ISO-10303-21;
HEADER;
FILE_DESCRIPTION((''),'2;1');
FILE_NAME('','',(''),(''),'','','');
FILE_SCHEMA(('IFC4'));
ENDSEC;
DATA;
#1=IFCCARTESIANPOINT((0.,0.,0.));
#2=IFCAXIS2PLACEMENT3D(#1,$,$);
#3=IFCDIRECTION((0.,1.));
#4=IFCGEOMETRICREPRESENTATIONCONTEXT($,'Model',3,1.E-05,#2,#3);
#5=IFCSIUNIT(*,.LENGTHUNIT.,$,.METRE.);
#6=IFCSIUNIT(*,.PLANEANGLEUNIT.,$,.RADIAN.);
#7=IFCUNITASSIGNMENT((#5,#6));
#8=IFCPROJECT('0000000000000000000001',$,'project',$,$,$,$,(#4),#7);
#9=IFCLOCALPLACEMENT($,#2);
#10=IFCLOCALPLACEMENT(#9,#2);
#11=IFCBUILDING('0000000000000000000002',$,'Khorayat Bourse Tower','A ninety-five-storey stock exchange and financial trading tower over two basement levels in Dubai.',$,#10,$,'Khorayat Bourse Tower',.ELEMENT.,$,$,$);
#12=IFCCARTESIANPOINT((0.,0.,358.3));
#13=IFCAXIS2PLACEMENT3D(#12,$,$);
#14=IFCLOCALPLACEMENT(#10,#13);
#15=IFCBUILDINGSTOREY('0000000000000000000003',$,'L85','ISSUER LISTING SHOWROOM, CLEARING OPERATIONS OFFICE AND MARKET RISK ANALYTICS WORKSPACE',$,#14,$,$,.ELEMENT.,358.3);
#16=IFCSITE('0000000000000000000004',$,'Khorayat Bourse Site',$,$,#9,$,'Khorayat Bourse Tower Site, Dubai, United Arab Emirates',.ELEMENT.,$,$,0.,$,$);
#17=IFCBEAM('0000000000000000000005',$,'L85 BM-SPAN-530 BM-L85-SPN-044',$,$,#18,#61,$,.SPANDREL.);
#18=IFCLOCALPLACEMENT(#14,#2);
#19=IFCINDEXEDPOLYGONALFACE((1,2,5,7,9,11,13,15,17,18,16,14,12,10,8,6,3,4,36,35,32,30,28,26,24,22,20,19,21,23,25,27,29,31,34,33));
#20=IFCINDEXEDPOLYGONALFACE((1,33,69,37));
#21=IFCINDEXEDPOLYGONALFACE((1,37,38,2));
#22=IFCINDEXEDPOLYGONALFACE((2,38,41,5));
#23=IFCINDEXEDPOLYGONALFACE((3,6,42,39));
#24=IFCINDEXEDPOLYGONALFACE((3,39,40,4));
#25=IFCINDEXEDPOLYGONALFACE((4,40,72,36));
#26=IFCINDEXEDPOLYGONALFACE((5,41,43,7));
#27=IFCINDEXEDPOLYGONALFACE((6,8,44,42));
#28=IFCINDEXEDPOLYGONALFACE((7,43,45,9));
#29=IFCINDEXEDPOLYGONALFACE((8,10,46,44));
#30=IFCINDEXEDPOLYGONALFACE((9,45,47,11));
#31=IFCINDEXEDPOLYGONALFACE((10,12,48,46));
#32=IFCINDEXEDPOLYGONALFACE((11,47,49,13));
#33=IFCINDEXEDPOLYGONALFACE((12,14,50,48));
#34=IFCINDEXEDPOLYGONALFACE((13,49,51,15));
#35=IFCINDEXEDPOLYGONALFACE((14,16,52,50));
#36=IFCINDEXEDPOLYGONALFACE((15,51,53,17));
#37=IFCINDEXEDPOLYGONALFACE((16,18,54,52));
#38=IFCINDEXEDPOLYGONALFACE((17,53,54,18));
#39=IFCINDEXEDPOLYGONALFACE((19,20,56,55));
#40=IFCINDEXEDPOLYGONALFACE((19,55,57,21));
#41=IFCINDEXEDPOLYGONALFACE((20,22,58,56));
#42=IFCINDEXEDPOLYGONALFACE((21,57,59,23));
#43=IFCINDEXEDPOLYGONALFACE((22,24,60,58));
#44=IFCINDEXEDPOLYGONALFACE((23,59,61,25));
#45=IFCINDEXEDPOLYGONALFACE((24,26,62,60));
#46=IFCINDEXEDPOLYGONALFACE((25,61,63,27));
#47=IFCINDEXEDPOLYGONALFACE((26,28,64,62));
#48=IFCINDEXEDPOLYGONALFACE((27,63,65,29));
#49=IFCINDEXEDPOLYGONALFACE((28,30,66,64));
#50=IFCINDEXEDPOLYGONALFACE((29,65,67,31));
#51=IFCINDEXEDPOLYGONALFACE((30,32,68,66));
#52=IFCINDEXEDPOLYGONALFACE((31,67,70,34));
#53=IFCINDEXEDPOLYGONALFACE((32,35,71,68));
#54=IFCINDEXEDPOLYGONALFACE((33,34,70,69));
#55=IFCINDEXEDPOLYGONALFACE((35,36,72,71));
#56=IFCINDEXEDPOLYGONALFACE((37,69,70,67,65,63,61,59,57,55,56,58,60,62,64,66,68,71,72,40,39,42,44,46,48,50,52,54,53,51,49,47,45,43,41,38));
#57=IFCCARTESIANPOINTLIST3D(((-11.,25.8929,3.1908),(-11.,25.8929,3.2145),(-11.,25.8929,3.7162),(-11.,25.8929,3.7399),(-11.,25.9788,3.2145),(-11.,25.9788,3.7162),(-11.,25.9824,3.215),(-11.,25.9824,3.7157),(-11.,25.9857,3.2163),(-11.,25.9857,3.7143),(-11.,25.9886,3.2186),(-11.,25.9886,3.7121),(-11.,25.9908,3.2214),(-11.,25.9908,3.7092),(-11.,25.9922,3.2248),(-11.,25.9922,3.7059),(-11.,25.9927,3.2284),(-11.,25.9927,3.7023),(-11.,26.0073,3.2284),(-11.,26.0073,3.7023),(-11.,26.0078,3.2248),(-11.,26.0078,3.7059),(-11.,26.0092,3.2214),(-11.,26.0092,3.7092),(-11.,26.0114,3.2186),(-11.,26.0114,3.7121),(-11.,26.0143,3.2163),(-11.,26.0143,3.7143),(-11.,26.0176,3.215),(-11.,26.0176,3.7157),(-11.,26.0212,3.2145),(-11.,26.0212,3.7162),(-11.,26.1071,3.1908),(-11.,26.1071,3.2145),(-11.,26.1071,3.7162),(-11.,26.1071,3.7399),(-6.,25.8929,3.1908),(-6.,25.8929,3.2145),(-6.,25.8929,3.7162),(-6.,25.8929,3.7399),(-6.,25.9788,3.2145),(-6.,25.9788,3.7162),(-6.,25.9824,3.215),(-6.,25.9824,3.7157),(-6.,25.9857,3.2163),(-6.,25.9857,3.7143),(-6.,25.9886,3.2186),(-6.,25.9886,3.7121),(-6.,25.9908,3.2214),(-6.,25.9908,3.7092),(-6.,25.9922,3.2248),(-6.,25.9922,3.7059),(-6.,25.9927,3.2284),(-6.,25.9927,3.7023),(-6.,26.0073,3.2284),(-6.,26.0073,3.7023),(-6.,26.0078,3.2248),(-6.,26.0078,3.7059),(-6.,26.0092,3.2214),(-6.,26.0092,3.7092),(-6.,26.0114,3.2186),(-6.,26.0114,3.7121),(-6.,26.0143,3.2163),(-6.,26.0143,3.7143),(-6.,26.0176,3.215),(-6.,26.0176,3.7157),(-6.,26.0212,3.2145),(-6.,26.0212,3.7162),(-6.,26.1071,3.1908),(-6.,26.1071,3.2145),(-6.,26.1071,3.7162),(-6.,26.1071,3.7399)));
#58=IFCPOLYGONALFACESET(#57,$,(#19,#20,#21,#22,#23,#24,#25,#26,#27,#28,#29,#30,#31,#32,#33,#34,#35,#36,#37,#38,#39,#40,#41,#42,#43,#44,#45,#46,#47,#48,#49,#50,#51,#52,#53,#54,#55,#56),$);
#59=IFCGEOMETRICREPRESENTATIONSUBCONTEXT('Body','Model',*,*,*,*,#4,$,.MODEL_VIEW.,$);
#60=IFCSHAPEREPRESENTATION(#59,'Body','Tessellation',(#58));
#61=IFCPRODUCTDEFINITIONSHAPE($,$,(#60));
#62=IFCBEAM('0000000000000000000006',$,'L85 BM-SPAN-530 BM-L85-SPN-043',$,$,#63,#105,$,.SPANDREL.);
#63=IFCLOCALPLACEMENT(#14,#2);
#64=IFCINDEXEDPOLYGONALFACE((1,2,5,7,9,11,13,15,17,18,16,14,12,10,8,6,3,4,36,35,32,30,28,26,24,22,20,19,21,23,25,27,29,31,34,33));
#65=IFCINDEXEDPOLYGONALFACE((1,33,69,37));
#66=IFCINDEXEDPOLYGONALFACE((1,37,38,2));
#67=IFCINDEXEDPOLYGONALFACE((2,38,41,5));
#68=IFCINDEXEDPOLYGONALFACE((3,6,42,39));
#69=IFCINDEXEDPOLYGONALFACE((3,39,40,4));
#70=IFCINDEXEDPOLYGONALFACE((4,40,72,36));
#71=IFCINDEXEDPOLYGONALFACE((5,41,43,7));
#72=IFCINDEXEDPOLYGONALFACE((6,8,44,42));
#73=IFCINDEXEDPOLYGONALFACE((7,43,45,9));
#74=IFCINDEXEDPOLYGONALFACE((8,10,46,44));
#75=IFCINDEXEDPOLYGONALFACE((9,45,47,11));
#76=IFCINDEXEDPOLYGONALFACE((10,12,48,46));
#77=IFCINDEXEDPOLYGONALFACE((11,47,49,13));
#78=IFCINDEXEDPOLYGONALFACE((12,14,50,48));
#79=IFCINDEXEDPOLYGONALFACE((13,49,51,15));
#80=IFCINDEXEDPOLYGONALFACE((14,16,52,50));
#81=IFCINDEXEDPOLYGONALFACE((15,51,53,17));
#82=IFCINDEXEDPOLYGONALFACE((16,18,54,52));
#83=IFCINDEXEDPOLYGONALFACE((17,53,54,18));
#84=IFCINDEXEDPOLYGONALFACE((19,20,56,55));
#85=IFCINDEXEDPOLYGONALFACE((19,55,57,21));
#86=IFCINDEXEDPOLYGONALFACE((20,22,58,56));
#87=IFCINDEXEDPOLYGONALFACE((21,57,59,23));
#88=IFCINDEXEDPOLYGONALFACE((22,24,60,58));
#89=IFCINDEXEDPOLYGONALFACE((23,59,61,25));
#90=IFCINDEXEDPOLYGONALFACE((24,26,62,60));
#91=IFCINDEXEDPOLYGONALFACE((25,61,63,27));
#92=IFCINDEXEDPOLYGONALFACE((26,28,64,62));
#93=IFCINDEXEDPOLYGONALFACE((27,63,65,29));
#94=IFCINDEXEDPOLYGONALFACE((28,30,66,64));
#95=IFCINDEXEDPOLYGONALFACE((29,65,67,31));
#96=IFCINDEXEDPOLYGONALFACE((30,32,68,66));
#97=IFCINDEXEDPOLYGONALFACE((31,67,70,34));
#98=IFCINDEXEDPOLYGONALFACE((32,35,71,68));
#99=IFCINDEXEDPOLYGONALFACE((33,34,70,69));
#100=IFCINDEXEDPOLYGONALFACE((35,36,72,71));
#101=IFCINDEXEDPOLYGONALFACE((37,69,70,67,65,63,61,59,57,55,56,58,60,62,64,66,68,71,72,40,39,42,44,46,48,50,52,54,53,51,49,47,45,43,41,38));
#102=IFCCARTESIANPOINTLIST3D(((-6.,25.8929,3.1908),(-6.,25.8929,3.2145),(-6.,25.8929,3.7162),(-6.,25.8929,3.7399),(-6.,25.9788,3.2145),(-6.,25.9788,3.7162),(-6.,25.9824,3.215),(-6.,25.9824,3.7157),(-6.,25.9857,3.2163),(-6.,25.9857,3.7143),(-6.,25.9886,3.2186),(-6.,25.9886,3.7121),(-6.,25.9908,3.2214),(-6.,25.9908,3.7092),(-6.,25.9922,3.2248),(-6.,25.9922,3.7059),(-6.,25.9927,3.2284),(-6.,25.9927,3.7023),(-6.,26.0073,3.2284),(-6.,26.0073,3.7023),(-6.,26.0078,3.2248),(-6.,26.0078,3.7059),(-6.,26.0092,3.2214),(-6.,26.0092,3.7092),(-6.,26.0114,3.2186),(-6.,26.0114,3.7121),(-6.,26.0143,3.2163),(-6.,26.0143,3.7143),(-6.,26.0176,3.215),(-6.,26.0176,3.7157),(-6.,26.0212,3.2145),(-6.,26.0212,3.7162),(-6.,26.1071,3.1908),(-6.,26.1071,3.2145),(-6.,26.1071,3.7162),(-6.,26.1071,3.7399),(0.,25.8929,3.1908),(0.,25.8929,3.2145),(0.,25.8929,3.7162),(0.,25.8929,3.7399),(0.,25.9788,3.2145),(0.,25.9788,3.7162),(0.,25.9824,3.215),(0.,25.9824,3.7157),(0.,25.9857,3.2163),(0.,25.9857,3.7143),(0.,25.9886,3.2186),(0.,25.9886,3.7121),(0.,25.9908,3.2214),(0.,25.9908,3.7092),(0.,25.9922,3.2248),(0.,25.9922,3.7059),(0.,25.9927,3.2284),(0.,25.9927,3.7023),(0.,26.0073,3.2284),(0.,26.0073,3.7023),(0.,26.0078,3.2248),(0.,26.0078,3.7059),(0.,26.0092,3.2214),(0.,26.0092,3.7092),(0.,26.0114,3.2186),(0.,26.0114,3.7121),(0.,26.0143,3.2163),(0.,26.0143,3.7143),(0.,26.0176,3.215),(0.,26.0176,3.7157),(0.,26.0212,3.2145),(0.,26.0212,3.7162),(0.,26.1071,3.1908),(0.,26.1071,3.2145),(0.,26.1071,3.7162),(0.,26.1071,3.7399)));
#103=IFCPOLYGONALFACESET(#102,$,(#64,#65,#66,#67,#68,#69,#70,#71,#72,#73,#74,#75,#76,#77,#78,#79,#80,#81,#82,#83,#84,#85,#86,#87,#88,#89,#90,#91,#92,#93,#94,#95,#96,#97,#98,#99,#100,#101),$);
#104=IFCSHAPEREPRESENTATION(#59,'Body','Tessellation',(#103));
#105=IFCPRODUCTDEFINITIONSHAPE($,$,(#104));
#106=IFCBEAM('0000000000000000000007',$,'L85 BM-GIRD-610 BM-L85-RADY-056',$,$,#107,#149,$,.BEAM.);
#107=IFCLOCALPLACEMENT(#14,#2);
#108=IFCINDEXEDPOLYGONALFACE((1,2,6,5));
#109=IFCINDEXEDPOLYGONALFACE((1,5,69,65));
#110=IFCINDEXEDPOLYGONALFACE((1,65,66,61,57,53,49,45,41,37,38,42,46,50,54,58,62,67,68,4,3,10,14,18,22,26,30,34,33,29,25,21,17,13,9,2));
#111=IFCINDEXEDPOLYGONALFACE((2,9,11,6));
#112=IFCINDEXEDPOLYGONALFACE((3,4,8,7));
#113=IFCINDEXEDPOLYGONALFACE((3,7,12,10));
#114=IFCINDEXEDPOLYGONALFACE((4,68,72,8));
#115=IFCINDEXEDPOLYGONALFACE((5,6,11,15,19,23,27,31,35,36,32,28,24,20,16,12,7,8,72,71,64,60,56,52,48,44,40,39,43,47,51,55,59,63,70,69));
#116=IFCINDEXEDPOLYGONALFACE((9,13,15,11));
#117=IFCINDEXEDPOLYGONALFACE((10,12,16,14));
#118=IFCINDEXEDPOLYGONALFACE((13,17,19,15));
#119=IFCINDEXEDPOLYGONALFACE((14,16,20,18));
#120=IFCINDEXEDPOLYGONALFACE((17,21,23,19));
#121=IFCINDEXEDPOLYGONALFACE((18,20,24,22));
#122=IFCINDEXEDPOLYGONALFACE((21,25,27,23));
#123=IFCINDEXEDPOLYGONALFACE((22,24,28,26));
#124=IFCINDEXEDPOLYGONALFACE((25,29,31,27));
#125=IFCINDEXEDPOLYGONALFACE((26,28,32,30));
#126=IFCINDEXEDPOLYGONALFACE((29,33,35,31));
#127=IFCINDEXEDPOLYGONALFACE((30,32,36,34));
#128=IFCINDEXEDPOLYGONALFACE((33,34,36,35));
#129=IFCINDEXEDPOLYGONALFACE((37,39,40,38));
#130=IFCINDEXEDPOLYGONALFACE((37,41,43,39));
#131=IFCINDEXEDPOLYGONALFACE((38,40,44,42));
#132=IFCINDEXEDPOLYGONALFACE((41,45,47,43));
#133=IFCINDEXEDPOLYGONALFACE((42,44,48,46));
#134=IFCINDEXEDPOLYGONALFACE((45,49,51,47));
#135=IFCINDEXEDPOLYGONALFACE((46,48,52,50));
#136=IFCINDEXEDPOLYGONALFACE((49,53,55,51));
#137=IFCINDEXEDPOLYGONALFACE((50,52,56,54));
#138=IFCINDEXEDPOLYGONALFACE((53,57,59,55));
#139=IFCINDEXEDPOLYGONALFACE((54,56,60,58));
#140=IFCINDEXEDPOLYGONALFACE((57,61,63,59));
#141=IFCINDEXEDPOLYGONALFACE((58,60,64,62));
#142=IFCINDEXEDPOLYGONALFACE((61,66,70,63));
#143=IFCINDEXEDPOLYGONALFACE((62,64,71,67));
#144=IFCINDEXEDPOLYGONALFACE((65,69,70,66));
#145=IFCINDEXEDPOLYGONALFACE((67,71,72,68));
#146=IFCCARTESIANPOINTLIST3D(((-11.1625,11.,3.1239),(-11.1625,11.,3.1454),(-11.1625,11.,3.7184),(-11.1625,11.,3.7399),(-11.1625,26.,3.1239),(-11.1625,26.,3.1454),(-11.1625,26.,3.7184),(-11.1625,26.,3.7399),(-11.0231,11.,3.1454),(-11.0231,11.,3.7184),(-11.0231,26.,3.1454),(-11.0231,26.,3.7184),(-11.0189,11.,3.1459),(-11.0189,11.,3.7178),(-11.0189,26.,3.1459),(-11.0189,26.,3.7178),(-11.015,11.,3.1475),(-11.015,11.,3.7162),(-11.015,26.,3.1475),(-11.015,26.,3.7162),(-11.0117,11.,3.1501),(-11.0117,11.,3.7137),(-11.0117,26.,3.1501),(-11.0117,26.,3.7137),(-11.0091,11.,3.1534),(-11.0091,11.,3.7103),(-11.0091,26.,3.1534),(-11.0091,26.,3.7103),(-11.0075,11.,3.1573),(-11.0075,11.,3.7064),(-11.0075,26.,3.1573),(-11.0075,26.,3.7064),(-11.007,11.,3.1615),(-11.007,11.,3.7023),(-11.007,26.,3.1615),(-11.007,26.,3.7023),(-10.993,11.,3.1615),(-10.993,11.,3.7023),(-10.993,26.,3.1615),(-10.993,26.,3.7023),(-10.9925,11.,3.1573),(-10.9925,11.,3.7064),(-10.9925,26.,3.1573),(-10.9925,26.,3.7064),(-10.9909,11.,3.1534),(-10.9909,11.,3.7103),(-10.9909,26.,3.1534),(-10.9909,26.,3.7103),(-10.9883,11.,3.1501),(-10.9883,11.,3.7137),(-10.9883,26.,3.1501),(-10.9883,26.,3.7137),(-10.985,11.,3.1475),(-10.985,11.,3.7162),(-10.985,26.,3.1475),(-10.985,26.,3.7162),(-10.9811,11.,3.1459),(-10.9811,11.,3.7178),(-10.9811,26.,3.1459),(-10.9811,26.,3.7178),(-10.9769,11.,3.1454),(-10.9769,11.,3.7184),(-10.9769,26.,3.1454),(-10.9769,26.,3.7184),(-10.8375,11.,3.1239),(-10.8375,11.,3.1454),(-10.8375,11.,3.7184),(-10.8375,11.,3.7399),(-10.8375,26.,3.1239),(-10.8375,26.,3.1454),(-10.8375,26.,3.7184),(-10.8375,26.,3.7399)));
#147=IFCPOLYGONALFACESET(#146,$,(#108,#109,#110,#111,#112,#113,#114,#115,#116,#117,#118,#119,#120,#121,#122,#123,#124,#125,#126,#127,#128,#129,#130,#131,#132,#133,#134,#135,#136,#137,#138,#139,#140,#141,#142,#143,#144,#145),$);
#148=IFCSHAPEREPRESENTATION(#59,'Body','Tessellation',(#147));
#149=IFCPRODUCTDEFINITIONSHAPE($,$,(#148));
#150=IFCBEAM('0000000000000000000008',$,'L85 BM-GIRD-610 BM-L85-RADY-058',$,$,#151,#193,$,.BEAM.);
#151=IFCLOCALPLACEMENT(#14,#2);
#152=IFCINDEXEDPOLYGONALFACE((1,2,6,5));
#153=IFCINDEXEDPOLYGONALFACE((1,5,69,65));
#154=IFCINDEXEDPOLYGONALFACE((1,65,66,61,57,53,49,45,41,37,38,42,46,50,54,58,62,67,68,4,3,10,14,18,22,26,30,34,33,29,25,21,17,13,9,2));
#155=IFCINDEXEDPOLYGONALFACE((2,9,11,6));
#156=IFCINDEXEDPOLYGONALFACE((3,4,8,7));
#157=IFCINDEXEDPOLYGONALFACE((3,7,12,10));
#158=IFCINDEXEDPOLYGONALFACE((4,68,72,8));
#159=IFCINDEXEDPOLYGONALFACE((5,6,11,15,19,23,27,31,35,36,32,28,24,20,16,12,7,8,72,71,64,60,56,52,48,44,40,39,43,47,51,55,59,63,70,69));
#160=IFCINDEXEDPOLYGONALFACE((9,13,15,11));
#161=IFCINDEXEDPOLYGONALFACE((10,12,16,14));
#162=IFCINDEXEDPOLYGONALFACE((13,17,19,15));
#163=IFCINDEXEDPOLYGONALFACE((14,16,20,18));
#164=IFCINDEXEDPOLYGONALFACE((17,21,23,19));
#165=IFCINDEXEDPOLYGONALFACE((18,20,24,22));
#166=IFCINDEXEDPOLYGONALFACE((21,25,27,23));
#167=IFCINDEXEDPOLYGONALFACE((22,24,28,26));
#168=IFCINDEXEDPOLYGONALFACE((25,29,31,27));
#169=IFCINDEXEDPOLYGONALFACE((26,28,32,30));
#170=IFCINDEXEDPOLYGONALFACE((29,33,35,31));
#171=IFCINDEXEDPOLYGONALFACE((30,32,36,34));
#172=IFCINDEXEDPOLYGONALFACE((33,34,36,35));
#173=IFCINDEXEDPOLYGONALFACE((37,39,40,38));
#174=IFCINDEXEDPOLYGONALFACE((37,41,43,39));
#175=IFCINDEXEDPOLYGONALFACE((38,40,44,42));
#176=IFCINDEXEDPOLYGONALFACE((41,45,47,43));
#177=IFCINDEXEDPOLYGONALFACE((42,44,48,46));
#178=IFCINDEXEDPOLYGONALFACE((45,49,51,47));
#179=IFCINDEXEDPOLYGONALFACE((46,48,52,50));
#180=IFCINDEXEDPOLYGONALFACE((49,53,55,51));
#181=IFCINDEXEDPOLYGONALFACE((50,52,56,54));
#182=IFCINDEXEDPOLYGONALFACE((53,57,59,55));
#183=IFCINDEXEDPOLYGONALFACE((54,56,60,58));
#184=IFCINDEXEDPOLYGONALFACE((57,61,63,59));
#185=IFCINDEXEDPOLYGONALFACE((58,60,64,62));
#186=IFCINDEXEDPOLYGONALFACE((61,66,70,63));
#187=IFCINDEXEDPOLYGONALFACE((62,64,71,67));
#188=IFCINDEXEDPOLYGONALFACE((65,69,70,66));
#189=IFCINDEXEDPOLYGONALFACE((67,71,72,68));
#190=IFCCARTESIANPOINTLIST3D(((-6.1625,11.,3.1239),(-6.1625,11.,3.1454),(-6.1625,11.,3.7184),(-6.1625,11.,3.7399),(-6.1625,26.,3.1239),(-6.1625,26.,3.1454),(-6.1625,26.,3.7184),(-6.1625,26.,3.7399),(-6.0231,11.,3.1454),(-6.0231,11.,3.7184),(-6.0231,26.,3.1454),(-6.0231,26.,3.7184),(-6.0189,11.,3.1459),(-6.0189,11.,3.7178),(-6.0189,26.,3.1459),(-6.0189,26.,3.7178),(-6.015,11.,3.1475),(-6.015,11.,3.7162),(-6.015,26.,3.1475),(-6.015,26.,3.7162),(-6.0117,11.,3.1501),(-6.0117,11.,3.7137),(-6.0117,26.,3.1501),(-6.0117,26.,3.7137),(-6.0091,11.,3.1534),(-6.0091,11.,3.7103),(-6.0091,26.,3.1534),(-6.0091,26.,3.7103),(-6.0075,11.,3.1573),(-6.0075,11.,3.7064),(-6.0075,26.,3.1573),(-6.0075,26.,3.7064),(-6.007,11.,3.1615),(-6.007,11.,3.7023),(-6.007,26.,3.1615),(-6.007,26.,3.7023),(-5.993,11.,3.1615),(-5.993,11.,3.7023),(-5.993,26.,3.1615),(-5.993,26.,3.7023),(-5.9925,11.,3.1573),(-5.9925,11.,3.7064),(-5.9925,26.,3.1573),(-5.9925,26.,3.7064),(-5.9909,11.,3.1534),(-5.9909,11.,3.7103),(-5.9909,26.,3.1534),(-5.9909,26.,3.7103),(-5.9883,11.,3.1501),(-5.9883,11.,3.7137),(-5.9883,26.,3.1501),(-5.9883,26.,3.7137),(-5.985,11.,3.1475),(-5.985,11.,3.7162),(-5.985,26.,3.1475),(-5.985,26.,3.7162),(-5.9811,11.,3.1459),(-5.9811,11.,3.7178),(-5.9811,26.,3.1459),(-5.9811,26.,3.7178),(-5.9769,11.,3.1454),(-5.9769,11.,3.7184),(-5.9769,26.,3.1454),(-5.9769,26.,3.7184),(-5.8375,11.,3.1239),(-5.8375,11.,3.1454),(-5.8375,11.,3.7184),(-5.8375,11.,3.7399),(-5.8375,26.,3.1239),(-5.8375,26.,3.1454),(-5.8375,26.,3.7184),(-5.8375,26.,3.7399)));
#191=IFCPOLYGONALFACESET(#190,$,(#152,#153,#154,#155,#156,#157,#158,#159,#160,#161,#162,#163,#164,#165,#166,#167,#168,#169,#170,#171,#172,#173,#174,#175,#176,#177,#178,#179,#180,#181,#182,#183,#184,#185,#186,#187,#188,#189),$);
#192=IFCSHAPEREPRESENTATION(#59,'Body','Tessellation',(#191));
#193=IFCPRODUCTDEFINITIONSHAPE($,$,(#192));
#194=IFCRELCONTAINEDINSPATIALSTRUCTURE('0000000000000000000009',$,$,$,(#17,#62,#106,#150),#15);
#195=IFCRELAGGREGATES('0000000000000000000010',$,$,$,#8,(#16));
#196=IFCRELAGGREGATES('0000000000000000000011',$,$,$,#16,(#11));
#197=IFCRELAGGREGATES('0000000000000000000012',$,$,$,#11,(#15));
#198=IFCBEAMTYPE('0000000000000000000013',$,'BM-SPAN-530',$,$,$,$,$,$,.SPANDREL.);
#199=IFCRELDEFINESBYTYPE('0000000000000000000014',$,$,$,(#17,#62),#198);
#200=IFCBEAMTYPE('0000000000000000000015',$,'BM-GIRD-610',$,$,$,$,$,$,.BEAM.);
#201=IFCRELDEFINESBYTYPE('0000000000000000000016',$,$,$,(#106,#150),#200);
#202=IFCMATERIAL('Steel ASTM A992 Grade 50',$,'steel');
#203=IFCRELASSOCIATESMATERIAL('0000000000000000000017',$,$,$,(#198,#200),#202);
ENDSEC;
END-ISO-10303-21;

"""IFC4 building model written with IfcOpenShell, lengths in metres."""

from ifc_helpers import new_model, si_unit, direction, frame, origin, origin_2d, place, context, subcontext, project, spatial, i_section, extrude, source, transform, mapped, material, material_profile, profile_set, type_object, element, save


model = new_model("IFC4")

# Units and contexts
model_context = context("Model", 3, precision=1e-05, world=origin(), true_north=direction((0.0, 1.0)))
body_context = subcontext(model_context, "Body", "Model", "MODEL_VIEW")
ifc_project = project(units=[si_unit("LENGTHUNIT", "METRE"), si_unit("PLANEANGLEUNIT", "RADIAN")], contexts=[model_context])

# Site, building, storey
site_placement = place(None, origin())
site = spatial("IfcSite", under=ifc_project, at=site_placement, Name="Khorayat Bourse Site", LongName="Khorayat Bourse Tower Site, Dubai, United Arab Emirates", CompositionType="ELEMENT", RefElevation=0.0)
building_placement = place(site_placement, origin())
building = spatial("IfcBuilding", under=site, at=building_placement, Name="Khorayat Bourse Tower", Description="A ninety-five-storey stock exchange and financial trading tower over two basement levels in Dubai.", LongName="Khorayat Bourse Tower", CompositionType="ELEMENT")
storey_placement = place(building_placement, frame((0.0, 0.0, 358.3)))
storey = spatial("IfcBuildingStorey", under=building, at=storey_placement, Name="L85", Description="ISSUER LISTING SHOWROOM, CLEARING OPERATIONS OFFICE AND MARKET RISK ANALYTICS WORKSPACE", CompositionType="ELEMENT", Elevation=358.3)

# Beams
ifc_material_1 = material(Name="Steel ASTM A992 Grade 50", Category="steel")
ifc_material_profile_1 = material_profile(ifc_material_1, i_section(OverallWidth=0.2141, OverallDepth=0.5491, WebThickness=0.0146, FlangeThickness=0.0237, FilletRadius=0.0139, at=origin_2d()), Name="W530X138")
ifc_profile_set_1 = profile_set([ifc_material_profile_1], Name="Steel ASTM A992 Grade 50")
beam_type_1 = type_object("IfcBeamType", Name="BM-SPAN-530", PredefinedType="SPANDREL", material=ifc_profile_set_1)
shared_shape_1 = source(origin(), body_context, "Body", "SweptSolid", [
    extrude(i_section(OverallWidth=0.2141, OverallDepth=0.5491, WebThickness=0.0146, FlangeThickness=0.0237, FilletRadius=0.0139, at=origin_2d()), origin(), (0.0, 0.0, 1.0), 5.0),
])
beam_1_placement = place(storey_placement, frame((-11.0, 26.0, 3.4653), z_axis=(1.0, 0.0, 0.0), x_axis=(0.0, 1.0, 0.0)))
element("IfcBeam", 1, at=beam_1_placement, inside=storey, type_object=beam_type_1, Name="L85 BM-SPAN-530 BM-L85-SPN-044", PredefinedType="SPANDREL", context=body_context, shape_type="MappedRepresentation", body=[
    mapped(shared_shape_1, transform((0.0, 0.0, 0.0), scale=1.0)),
])
shared_shape_2 = source(origin(), body_context, "Body", "SweptSolid", [
    extrude(i_section(OverallWidth=0.2141, OverallDepth=0.5491, WebThickness=0.0146, FlangeThickness=0.0237, FilletRadius=0.0139, at=origin_2d()), origin(), (0.0, 0.0, 1.0), 6.0),
])
beam_2_placement = place(storey_placement, frame((-6.0, 26.0, 3.4653), z_axis=(1.0, 0.0, 0.0), x_axis=(0.0, 1.0, 0.0)))
element("IfcBeam", 2, at=beam_2_placement, inside=storey, type_object=beam_type_1, Name="L85 BM-SPAN-530 BM-L85-SPN-043", PredefinedType="SPANDREL", context=body_context, shape_type="MappedRepresentation", body=[
    mapped(shared_shape_2, transform((0.0, 0.0, 0.0), scale=1.0)),
])
ifc_material_profile_2 = material_profile(ifc_material_1, i_section(OverallWidth=0.325, OverallDepth=0.616, WebThickness=0.0139, FlangeThickness=0.0215, FilletRadius=0.0161, at=origin_2d()), Name="W610X174")
ifc_profile_set_2 = profile_set([ifc_material_profile_2], Name="Steel ASTM A992 Grade 50")
beam_type_2 = type_object("IfcBeamType", Name="BM-GIRD-610", PredefinedType="BEAM", material=ifc_profile_set_2)
shared_shape_3 = source(origin(), body_context, "Body", "SweptSolid", [
    extrude(i_section(OverallWidth=0.325, OverallDepth=0.616, WebThickness=0.0139, FlangeThickness=0.0215, FilletRadius=0.0161, at=origin_2d()), origin(), (0.0, 0.0, 1.0), 15.0),
])
for number, where, z_axis, x_axis, name in (
    (3, (-11.0, 11.0, 3.4319), (0.0, 1.0, 0.0), (-1.0, 0.0, 0.0), "L85 BM-GIRD-610 BM-L85-RADY-056"),
    (4, (-6.0, 11.0, 3.4319), (0.0, 1.0, 0.0), (-1.0, 0.0, 0.0), "L85 BM-GIRD-610 BM-L85-RADY-058"),
):
    element("IfcBeam", number, at=place(storey_placement, frame(where, z_axis=z_axis, x_axis=x_axis)), inside=storey, type_object=beam_type_2, Name=name, PredefinedType="BEAM", context=body_context, shape_type="MappedRepresentation", body=[
        mapped(shared_shape_3, transform((0.0, 0.0, 0.0), scale=1.0)),
    ])

save(model, "model.ifc")
